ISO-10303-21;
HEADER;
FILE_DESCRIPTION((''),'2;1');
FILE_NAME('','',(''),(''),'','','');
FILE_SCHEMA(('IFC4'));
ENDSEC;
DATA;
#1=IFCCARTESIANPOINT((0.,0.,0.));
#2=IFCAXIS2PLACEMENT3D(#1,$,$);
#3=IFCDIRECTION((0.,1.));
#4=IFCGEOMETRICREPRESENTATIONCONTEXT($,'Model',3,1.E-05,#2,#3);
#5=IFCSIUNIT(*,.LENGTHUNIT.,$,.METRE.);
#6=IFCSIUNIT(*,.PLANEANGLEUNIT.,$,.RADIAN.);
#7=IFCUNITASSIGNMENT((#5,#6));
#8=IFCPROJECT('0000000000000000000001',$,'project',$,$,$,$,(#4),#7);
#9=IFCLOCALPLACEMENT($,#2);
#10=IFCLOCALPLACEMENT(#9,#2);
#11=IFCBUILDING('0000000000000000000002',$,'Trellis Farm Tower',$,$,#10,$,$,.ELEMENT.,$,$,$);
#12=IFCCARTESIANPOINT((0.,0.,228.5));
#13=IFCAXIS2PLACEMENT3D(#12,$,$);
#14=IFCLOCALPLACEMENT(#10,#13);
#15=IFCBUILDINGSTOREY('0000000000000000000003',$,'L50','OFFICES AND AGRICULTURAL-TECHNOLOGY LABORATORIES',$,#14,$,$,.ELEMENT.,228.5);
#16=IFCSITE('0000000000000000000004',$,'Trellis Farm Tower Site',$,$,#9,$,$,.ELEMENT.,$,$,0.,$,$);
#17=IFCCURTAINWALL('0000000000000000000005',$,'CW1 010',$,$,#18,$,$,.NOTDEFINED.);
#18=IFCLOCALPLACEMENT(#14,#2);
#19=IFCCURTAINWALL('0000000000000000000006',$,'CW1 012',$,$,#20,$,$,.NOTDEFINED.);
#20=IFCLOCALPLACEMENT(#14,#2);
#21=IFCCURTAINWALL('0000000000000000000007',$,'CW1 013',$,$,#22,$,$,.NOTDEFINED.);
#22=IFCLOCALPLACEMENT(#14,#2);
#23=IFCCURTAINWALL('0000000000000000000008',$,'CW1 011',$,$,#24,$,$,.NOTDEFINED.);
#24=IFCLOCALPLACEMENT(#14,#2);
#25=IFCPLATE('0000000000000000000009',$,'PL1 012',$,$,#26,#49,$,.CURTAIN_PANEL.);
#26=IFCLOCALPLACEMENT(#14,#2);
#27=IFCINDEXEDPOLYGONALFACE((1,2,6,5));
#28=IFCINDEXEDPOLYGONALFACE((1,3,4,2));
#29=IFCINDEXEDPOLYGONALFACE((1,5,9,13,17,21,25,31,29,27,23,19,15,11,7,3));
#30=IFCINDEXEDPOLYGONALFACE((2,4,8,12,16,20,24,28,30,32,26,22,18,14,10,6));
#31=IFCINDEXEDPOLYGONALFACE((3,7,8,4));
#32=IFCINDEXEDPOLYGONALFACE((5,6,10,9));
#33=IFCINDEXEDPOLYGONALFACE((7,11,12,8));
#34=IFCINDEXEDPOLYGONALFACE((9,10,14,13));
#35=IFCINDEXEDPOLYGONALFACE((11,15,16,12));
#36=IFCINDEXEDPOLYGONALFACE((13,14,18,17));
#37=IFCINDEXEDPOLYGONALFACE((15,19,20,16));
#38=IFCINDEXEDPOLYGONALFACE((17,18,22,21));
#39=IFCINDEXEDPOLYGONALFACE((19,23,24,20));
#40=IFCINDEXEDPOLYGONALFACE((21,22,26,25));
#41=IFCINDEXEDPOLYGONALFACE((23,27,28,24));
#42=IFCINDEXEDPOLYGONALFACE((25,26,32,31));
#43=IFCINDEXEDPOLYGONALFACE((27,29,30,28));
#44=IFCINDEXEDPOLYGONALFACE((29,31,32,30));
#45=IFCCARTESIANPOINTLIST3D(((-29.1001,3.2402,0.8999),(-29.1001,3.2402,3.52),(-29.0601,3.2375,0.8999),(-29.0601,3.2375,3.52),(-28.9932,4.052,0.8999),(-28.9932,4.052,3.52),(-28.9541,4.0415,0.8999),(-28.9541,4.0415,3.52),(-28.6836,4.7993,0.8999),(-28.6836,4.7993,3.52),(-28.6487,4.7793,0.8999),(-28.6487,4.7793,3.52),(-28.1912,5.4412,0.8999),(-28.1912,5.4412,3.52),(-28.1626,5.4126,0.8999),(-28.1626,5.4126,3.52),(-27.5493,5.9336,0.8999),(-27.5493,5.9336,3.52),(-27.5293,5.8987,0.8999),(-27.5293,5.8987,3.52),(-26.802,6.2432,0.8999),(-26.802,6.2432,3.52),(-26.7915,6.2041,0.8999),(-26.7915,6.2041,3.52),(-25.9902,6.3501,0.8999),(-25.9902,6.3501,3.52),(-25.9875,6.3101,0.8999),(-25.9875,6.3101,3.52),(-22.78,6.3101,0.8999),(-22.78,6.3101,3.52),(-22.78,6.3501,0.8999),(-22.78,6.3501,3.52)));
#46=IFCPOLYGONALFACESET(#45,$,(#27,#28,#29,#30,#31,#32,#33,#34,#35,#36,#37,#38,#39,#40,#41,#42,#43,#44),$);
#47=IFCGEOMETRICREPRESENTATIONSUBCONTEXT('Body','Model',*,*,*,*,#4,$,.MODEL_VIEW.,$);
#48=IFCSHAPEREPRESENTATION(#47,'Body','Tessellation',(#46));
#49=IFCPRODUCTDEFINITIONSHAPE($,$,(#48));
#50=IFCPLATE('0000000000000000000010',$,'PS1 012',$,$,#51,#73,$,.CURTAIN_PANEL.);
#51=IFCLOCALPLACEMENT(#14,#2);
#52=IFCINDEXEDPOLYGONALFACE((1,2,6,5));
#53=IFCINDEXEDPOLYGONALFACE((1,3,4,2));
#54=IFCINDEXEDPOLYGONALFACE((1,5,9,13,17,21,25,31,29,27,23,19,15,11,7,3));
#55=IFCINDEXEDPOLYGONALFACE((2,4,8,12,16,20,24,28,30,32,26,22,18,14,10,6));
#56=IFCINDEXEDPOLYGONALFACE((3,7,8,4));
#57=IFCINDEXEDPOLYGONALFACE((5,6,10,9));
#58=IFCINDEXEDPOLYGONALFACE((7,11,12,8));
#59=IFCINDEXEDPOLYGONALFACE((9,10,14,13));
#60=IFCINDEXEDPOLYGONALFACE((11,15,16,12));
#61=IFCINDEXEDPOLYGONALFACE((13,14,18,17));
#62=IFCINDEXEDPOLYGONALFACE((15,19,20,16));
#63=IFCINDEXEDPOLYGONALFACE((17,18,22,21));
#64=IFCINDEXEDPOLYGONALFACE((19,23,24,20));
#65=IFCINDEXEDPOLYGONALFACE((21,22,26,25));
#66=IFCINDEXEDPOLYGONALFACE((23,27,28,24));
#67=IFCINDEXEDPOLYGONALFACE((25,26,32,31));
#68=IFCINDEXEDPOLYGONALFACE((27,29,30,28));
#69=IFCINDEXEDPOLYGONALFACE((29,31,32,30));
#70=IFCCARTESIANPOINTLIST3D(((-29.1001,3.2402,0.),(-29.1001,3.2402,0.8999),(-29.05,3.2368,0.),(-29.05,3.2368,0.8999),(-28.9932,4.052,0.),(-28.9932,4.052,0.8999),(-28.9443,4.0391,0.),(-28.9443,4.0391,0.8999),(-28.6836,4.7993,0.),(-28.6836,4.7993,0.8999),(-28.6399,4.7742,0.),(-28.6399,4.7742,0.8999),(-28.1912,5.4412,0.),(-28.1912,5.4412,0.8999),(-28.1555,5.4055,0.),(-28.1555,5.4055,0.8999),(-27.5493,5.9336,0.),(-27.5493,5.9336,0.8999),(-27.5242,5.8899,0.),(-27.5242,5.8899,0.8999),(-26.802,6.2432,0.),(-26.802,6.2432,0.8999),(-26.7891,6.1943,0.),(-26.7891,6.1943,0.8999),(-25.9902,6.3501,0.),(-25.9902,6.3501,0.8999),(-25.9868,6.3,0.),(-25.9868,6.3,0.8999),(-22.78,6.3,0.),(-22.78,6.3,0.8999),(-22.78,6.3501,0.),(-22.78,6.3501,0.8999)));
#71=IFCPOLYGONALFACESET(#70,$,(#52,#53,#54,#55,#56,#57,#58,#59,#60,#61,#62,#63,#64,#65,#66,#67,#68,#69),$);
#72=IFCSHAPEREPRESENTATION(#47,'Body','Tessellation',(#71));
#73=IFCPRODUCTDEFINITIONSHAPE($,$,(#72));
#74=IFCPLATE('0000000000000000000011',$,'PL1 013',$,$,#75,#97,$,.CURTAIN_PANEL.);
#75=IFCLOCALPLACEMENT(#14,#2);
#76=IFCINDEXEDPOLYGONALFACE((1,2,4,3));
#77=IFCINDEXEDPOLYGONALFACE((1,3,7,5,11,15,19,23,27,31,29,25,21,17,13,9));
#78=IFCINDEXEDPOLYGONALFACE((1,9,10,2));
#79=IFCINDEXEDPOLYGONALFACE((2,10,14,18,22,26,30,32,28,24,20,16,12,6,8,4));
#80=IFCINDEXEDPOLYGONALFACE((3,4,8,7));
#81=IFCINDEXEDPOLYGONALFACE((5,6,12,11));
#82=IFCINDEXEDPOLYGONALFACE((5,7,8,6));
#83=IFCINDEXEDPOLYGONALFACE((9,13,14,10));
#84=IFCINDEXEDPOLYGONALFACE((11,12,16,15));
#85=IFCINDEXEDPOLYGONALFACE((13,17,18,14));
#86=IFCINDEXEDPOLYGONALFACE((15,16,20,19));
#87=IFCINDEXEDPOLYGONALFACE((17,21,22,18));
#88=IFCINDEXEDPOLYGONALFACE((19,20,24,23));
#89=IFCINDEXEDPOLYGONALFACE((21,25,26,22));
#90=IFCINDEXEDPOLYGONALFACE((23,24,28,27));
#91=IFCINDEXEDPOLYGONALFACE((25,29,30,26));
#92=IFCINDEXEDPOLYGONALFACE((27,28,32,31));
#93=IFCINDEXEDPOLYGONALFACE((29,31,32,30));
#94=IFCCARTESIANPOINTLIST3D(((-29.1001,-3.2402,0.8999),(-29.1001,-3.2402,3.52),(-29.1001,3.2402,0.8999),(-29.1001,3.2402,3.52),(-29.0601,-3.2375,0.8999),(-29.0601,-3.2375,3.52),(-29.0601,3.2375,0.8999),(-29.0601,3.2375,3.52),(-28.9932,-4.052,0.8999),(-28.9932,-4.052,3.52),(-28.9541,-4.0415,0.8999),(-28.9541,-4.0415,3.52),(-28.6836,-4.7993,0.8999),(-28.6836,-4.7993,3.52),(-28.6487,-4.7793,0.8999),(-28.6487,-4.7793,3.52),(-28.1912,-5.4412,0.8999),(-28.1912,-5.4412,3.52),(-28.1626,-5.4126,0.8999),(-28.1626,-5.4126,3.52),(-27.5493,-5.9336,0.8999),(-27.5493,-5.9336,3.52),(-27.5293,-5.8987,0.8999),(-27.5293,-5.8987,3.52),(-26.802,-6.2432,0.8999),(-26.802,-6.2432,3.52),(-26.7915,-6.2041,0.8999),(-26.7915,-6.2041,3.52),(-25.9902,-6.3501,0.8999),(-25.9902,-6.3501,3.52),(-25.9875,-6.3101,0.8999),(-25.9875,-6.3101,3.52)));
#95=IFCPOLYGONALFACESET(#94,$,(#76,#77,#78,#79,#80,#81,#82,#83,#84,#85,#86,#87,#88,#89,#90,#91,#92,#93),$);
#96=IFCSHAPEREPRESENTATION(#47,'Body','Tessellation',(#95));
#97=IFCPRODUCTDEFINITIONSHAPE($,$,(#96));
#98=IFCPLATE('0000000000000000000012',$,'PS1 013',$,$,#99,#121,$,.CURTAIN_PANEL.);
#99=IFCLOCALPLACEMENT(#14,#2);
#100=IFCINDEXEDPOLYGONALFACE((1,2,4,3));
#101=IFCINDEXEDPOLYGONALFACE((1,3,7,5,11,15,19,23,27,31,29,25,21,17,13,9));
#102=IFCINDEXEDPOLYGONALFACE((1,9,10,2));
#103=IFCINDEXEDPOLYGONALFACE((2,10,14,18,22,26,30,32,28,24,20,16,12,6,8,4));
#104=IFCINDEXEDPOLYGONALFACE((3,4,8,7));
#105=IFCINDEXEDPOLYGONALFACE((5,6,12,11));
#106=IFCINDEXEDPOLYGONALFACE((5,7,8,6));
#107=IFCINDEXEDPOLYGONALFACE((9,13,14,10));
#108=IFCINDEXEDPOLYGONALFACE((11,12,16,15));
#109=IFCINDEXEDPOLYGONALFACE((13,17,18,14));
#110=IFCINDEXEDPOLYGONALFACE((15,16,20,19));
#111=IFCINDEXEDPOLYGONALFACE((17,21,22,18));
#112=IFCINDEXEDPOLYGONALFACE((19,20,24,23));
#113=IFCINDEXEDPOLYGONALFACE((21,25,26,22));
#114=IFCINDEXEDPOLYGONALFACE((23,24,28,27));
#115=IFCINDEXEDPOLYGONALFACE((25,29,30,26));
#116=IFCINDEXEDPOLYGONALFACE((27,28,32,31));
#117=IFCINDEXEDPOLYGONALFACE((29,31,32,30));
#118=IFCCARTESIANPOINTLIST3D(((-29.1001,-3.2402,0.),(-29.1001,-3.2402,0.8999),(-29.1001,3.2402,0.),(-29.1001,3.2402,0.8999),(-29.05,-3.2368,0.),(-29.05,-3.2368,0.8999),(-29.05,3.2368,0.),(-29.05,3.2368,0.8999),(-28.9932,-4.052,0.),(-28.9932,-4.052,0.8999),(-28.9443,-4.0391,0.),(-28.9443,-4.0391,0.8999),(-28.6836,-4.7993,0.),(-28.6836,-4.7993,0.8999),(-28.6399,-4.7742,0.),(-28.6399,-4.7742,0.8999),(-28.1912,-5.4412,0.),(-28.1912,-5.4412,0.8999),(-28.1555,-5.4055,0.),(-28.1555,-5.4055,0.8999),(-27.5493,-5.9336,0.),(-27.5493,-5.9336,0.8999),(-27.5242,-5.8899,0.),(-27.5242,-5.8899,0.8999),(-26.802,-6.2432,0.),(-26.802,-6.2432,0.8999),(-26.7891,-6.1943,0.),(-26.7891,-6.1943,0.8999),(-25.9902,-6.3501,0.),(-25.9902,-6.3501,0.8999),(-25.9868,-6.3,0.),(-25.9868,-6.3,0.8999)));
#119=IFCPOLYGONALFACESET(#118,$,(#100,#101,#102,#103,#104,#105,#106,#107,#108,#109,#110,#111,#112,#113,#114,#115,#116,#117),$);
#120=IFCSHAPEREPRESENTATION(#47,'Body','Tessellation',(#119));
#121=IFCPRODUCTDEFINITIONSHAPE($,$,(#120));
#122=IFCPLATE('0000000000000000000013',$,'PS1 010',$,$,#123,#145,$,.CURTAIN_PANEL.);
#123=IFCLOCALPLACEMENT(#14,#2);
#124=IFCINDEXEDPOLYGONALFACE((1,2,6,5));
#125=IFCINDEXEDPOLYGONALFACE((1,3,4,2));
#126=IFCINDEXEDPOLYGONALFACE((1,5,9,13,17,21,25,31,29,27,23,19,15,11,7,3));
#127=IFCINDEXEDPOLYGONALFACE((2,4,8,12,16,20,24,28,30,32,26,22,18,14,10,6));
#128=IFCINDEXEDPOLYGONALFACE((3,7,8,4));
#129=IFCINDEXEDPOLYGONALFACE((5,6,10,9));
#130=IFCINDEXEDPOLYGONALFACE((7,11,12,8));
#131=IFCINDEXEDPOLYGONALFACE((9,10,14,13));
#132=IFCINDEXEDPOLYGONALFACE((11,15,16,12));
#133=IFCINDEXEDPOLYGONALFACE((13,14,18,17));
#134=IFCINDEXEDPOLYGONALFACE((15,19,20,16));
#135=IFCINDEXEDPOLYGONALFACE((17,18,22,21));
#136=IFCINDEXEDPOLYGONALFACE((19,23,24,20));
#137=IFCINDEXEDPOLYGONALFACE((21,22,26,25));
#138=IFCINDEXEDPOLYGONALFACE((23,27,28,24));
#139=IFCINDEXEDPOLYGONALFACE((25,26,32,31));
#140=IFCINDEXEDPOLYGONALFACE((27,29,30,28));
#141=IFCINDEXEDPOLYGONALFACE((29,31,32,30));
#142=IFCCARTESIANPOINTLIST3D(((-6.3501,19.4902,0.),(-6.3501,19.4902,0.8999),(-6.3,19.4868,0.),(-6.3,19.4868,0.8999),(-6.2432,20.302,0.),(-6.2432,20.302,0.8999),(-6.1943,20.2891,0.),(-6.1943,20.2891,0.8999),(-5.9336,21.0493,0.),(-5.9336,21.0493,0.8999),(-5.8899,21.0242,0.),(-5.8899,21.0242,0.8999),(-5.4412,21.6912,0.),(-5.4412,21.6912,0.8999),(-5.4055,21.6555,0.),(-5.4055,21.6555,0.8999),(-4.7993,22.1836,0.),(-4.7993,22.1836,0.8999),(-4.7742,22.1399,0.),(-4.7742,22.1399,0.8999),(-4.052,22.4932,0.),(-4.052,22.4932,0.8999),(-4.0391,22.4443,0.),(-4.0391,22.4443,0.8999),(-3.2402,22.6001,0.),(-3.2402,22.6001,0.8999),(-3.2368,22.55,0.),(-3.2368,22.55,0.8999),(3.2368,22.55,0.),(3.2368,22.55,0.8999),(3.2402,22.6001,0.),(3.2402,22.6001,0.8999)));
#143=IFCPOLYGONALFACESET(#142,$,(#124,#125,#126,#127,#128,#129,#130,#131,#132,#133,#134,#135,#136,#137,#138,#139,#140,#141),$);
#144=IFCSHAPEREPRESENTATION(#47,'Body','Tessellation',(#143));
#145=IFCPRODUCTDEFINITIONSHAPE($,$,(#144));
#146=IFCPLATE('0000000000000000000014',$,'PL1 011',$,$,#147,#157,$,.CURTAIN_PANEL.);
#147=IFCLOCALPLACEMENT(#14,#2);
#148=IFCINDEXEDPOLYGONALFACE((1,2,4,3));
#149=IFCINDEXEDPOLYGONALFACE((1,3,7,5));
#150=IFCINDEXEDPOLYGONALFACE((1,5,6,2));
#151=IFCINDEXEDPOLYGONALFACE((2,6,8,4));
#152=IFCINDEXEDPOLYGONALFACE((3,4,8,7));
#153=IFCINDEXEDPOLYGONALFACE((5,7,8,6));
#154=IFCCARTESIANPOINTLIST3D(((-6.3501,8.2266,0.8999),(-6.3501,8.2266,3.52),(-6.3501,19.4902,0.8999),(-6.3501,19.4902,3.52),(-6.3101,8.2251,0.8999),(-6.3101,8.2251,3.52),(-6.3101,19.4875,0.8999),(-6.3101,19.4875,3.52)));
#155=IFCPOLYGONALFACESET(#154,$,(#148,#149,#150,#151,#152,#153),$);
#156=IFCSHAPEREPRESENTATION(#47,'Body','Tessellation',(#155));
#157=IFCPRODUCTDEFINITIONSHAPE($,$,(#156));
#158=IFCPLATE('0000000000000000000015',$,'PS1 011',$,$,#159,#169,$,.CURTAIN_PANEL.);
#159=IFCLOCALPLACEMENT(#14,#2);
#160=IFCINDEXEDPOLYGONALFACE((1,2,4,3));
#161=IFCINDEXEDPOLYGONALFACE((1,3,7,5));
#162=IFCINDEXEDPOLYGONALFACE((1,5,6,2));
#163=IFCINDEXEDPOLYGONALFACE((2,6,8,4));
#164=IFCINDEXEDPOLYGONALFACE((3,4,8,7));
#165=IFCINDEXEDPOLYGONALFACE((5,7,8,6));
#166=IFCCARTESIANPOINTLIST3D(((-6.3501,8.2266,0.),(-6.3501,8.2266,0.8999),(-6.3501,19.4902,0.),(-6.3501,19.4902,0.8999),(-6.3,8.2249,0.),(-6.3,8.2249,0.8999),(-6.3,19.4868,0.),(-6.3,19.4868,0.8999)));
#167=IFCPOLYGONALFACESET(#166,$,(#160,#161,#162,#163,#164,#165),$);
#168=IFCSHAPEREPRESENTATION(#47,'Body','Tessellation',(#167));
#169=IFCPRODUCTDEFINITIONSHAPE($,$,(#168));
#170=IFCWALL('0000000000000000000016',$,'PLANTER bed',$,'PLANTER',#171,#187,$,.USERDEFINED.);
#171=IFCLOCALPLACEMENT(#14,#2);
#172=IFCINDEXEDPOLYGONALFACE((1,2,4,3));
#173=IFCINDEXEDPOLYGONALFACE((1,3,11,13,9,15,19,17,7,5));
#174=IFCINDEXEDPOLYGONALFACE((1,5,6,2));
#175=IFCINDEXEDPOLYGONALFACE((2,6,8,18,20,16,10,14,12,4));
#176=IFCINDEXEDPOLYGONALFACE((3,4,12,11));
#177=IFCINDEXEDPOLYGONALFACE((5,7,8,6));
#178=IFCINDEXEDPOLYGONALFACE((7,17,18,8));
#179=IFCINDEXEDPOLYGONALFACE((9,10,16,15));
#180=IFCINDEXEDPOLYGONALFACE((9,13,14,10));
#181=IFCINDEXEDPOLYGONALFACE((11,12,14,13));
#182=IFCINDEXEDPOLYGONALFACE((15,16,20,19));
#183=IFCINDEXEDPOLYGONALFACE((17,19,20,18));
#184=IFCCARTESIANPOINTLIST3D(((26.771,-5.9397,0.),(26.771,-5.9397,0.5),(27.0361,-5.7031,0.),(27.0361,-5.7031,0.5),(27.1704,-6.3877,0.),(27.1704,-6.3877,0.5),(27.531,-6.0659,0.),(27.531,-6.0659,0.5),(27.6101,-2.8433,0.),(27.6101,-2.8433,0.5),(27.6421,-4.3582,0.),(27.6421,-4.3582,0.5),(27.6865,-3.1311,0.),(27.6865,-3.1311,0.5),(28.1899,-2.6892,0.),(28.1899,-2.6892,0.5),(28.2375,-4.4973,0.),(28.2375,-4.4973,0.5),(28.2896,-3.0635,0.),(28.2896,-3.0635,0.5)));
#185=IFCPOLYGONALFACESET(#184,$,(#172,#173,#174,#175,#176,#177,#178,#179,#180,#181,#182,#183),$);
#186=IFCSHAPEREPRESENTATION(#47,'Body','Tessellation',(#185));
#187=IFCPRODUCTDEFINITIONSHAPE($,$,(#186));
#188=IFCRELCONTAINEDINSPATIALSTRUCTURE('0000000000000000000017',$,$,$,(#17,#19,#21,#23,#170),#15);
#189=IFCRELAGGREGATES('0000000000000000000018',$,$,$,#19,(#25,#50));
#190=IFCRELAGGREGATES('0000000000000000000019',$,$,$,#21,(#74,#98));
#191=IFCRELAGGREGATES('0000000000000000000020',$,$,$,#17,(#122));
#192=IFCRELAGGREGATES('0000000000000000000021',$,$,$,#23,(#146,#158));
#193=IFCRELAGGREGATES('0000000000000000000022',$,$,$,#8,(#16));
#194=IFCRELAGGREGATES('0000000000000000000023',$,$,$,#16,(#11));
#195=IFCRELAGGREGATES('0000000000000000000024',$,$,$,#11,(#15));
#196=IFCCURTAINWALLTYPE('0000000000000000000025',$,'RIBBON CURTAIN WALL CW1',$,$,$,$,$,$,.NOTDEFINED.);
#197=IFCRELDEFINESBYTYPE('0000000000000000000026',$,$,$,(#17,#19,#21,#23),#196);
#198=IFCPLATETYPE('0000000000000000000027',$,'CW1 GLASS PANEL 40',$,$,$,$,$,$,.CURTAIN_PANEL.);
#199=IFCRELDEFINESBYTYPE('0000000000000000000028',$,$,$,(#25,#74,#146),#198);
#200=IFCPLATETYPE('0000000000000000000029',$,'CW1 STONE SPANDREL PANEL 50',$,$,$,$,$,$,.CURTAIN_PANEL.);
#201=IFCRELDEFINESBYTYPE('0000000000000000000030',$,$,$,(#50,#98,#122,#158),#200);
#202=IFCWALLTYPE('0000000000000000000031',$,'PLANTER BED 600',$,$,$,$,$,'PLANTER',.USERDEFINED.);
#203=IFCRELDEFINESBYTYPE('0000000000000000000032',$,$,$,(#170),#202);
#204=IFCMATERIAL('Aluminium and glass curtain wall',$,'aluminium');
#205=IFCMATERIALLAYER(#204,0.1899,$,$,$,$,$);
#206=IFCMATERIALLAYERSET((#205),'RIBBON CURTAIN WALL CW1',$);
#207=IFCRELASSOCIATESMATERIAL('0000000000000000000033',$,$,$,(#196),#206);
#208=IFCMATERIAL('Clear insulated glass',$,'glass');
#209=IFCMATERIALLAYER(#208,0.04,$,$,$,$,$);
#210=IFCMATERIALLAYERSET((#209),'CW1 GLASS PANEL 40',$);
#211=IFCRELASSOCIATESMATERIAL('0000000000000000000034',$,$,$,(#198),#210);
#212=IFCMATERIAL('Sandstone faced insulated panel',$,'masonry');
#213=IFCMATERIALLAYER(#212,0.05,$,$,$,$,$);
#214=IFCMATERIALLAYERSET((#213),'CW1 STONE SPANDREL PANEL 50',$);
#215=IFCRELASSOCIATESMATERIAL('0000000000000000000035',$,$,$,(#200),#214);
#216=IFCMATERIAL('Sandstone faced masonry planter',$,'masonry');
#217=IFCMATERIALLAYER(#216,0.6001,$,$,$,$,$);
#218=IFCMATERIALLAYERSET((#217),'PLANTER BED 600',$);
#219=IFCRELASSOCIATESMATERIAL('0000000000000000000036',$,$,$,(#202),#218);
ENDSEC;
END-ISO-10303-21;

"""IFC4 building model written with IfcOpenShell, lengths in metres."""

from ifc_helpers import new_model, si_unit, direction, frame, origin, place, context, subcontext, project, spatial, polyline, outline, extrude, source, transform, mapped, material, layer, layer_set, type_object, element, aggregate, save


model = new_model("IFC4")

# Units and contexts
model_context = context("Model", 3, precision=1e-05, world=origin(), true_north=direction((0.0, 1.0)))
body_context = subcontext(model_context, "Body", "Model", "MODEL_VIEW")
ifc_project = project(units=[si_unit("LENGTHUNIT", "METRE"), si_unit("PLANEANGLEUNIT", "RADIAN")], contexts=[model_context])

# Site, building, storey
site_placement = place(None, origin())
site = spatial("IfcSite", under=ifc_project, at=site_placement, Name="Trellis Farm Tower Site", CompositionType="ELEMENT", RefElevation=0.0)
building_placement = place(site_placement, origin())
building = spatial("IfcBuilding", under=site, at=building_placement, Name="Trellis Farm Tower", CompositionType="ELEMENT")
storey_placement = place(building_placement, frame((0.0, 0.0, 228.5)))
storey = spatial("IfcBuildingStorey", under=building, at=storey_placement, Name="L50", Description="OFFICES AND AGRICULTURAL-TECHNOLOGY LABORATORIES", CompositionType="ELEMENT", Elevation=228.5)

# Curtain walls
ifc_material_1 = material(Name="Aluminium and glass curtain wall", Category="aluminium")
placement_1 = place(storey_placement, origin())
ifc_layer_1 = layer(ifc_material_1, 0.1899)
ifc_layer_set_1 = layer_set([ifc_layer_1], Name="RIBBON CURTAIN WALL CW1")
curtain_wall_type_1 = type_object("IfcCurtainWallType", Name="RIBBON CURTAIN WALL CW1", PredefinedType="NOTDEFINED", material=ifc_layer_set_1)
curtain_wall_1 = element("IfcCurtainWall", 1, at=placement_1, inside=storey, type_object=curtain_wall_type_1, Name="CW1 010", PredefinedType="NOTDEFINED")
curtain_wall_2 = element("IfcCurtainWall", 2, at=placement_1, inside=storey, type_object=curtain_wall_type_1, Name="CW1 012", PredefinedType="NOTDEFINED")
curtain_wall_3 = element("IfcCurtainWall", 3, at=placement_1, inside=storey, type_object=curtain_wall_type_1, Name="CW1 013", PredefinedType="NOTDEFINED")

# Curtain wall
curtain_wall_4 = element("IfcCurtainWall", 4, at=placement_1, inside=storey, type_object=curtain_wall_type_1, Name="CW1 011", PredefinedType="NOTDEFINED")

# Plates
ifc_material_2 = material(Name="Clear insulated glass", Category="glass")
ifc_layer_2 = layer(ifc_material_2, 0.04)
ifc_layer_set_2 = layer_set([ifc_layer_2], Name="CW1 GLASS PANEL 40")
plate_type_1 = type_object("IfcPlateType", Name="CW1 GLASS PANEL 40", PredefinedType="CURTAIN_PANEL", material=ifc_layer_set_2)
shared_shape_1 = source(origin(), body_context, "Body", "SweptSolid", [
    extrude(outline(polyline([(-22.78, 6.3501), (-25.9902, 6.3501), (-26.802, 6.2432), (-27.5493, 5.9336), (-28.1912, 5.4412), (-28.6836, 4.7993), (-28.9932, 4.052), (-29.1001, 3.2402), (-29.0601, 3.2375), (-28.9541, 4.0415), (-28.6487, 4.7793), (-28.1626, 5.4126), (-27.5293, 5.8987), (-26.7915, 6.2041), (-25.9875, 6.3101), (-22.78, 6.3101), (-22.78, 6.3501)])), origin(), (0.0, 0.0, 1.0), 2.6201),
])
placement_2 = place(storey_placement, frame((0.0, 0.0, 0.8999)))
plate_1 = element("IfcPlate", 5, at=placement_2, type_object=plate_type_1, Name="PL1 012", PredefinedType="CURTAIN_PANEL", context=body_context, shape_type="MappedRepresentation", body=[
    mapped(shared_shape_1, transform((0.0, 0.0, 0.0))),
])
ifc_material_3 = material(Name="Sandstone faced insulated panel", Category="masonry")
ifc_layer_3 = layer(ifc_material_3, 0.05)
ifc_layer_set_3 = layer_set([ifc_layer_3], Name="CW1 STONE SPANDREL PANEL 50")
plate_type_2 = type_object("IfcPlateType", Name="CW1 STONE SPANDREL PANEL 50", PredefinedType="CURTAIN_PANEL", material=ifc_layer_set_3)
shared_shape_2 = source(origin(), body_context, "Body", "SweptSolid", [
    extrude(outline(polyline([(-22.78, 6.3501), (-25.9902, 6.3501), (-26.802, 6.2432), (-27.5493, 5.9336), (-28.1912, 5.4412), (-28.6836, 4.7993), (-28.9932, 4.052), (-29.1001, 3.2402), (-29.05, 3.2368), (-28.9443, 4.0391), (-28.6399, 4.7742), (-28.1555, 5.4055), (-27.5242, 5.8899), (-26.7891, 6.1943), (-25.9868, 6.3), (-22.78, 6.3), (-22.78, 6.3501)])), origin(), (0.0, 0.0, 1.0), 0.8999),
])
plate_2 = element("IfcPlate", 6, at=placement_1, type_object=plate_type_2, Name="PS1 012", PredefinedType="CURTAIN_PANEL", context=body_context, shape_type="MappedRepresentation", body=[
    mapped(shared_shape_2, transform((0.0, 0.0, 0.0))),
])
aggregate(curtain_wall_2, [plate_1, plate_2])
shared_shape_3 = source(origin(), body_context, "Body", "SweptSolid", [
    extrude(outline(polyline([(-29.1001, 3.2402), (-29.1001, -3.2402), (-28.9932, -4.052), (-28.6836, -4.7993), (-28.1912, -5.4412), (-27.5493, -5.9336), (-26.802, -6.2432), (-25.9902, -6.3501), (-25.9875, -6.3101), (-26.7915, -6.2041), (-27.5293, -5.8987), (-28.1626, -5.4126), (-28.6487, -4.7793), (-28.9541, -4.0415), (-29.0601, -3.2375), (-29.0601, 3.2375), (-29.1001, 3.2402)])), origin(), (0.0, 0.0, 1.0), 2.6201),
])
plate_3 = element("IfcPlate", 7, at=placement_2, type_object=plate_type_1, Name="PL1 013", PredefinedType="CURTAIN_PANEL", context=body_context, shape_type="MappedRepresentation", body=[
    mapped(shared_shape_3, transform((0.0, 0.0, 0.0))),
])
shared_shape_4 = source(origin(), body_context, "Body", "SweptSolid", [
    extrude(outline(polyline([(-29.1001, 3.2402), (-29.1001, -3.2402), (-28.9932, -4.052), (-28.6836, -4.7993), (-28.1912, -5.4412), (-27.5493, -5.9336), (-26.802, -6.2432), (-25.9902, -6.3501), (-25.9868, -6.3), (-26.7891, -6.1943), (-27.5242, -5.8899), (-28.1555, -5.4055), (-28.6399, -4.7742), (-28.9443, -4.0391), (-29.05, -3.2368), (-29.05, 3.2368), (-29.1001, 3.2402)])), origin(), (0.0, 0.0, 1.0), 0.8999),
])
plate_4 = element("IfcPlate", 8, at=placement_1, type_object=plate_type_2, Name="PS1 013", PredefinedType="CURTAIN_PANEL", context=body_context, shape_type="MappedRepresentation", body=[
    mapped(shared_shape_4, transform((0.0, 0.0, 0.0))),
])
aggregate(curtain_wall_3, [plate_3, plate_4])
shared_shape_5 = source(origin(), body_context, "Body", "SweptSolid", [
    extrude(outline(polyline([(3.2402, 22.6001), (-3.2402, 22.6001), (-4.052, 22.4932), (-4.7993, 22.1836), (-5.4412, 21.6912), (-5.9336, 21.0493), (-6.2432, 20.302), (-6.3501, 19.4902), (-6.3, 19.4868), (-6.1943, 20.2891), (-5.8899, 21.0242), (-5.4055, 21.6555), (-4.7742, 22.1399), (-4.0391, 22.4443), (-3.2368, 22.55), (3.2368, 22.55), (3.2402, 22.6001)])), origin(), (0.0, 0.0, 1.0), 0.8999),
])
plate_5 = element("IfcPlate", 9, at=placement_1, type_object=plate_type_2, Name="PS1 010", PredefinedType="CURTAIN_PANEL", context=body_context, shape_type="MappedRepresentation", body=[
    mapped(shared_shape_5, transform((0.0, 0.0, 0.0))),
])
aggregate(curtain_wall_1, [plate_5])
shared_shape_6 = source(origin(), body_context, "Body", "SweptSolid", [
    extrude(outline(polyline([(-6.3501, 19.4902), (-6.3501, 8.2266), (-6.3101, 8.2251), (-6.3101, 19.4875), (-6.3501, 19.4902)])), origin(), (0.0, 0.0, 1.0), 2.6201),
])
plate_6 = element("IfcPlate", 10, at=placement_2, type_object=plate_type_1, Name="PL1 011", PredefinedType="CURTAIN_PANEL", context=body_context, shape_type="MappedRepresentation", body=[
    mapped(shared_shape_6, transform((0.0, 0.0, 0.0))),
])
shared_shape_7 = source(origin(), body_context, "Body", "SweptSolid", [
    extrude(outline(polyline([(-6.3501, 19.4902), (-6.3501, 8.2266), (-6.3, 8.2249), (-6.3, 19.4868), (-6.3501, 19.4902)])), origin(), (0.0, 0.0, 1.0), 0.8999),
])
plate_7 = element("IfcPlate", 11, at=placement_1, type_object=plate_type_2, Name="PS1 011", PredefinedType="CURTAIN_PANEL", context=body_context, shape_type="MappedRepresentation", body=[
    mapped(shared_shape_7, transform((0.0, 0.0, 0.0))),
])
aggregate(curtain_wall_4, [plate_6, plate_7])

# Wall
ifc_material_4 = material(Name="Sandstone faced masonry planter", Category="masonry")
ifc_layer_4 = layer(ifc_material_4, 0.6001)
ifc_layer_set_4 = layer_set([ifc_layer_4], Name="PLANTER BED 600")
wall_type_1 = type_object("IfcWallType", Name="PLANTER BED 600", ElementType="PLANTER", PredefinedType="USERDEFINED", material=ifc_layer_set_4)
element("IfcWall", 12, at=placement_1, inside=storey, type_object=wall_type_1, Name="PLANTER bed", ObjectType="PLANTER", PredefinedType="USERDEFINED", context=body_context, shape_type="SweptSolid", body=[
    extrude(outline(polyline([(28.2896, -3.0635), (28.2375, -4.4973), (27.531, -6.0659), (27.1704, -6.3877), (26.771, -5.9397), (27.0361, -5.7031), (27.6421, -4.3582), (27.6865, -3.1311), (27.6101, -2.8433), (28.1899, -2.6892), (28.2896, -3.0635)])), origin(), (0.0, 0.0, 1.0), 0.5),
])

save(model, "model.ifc")
